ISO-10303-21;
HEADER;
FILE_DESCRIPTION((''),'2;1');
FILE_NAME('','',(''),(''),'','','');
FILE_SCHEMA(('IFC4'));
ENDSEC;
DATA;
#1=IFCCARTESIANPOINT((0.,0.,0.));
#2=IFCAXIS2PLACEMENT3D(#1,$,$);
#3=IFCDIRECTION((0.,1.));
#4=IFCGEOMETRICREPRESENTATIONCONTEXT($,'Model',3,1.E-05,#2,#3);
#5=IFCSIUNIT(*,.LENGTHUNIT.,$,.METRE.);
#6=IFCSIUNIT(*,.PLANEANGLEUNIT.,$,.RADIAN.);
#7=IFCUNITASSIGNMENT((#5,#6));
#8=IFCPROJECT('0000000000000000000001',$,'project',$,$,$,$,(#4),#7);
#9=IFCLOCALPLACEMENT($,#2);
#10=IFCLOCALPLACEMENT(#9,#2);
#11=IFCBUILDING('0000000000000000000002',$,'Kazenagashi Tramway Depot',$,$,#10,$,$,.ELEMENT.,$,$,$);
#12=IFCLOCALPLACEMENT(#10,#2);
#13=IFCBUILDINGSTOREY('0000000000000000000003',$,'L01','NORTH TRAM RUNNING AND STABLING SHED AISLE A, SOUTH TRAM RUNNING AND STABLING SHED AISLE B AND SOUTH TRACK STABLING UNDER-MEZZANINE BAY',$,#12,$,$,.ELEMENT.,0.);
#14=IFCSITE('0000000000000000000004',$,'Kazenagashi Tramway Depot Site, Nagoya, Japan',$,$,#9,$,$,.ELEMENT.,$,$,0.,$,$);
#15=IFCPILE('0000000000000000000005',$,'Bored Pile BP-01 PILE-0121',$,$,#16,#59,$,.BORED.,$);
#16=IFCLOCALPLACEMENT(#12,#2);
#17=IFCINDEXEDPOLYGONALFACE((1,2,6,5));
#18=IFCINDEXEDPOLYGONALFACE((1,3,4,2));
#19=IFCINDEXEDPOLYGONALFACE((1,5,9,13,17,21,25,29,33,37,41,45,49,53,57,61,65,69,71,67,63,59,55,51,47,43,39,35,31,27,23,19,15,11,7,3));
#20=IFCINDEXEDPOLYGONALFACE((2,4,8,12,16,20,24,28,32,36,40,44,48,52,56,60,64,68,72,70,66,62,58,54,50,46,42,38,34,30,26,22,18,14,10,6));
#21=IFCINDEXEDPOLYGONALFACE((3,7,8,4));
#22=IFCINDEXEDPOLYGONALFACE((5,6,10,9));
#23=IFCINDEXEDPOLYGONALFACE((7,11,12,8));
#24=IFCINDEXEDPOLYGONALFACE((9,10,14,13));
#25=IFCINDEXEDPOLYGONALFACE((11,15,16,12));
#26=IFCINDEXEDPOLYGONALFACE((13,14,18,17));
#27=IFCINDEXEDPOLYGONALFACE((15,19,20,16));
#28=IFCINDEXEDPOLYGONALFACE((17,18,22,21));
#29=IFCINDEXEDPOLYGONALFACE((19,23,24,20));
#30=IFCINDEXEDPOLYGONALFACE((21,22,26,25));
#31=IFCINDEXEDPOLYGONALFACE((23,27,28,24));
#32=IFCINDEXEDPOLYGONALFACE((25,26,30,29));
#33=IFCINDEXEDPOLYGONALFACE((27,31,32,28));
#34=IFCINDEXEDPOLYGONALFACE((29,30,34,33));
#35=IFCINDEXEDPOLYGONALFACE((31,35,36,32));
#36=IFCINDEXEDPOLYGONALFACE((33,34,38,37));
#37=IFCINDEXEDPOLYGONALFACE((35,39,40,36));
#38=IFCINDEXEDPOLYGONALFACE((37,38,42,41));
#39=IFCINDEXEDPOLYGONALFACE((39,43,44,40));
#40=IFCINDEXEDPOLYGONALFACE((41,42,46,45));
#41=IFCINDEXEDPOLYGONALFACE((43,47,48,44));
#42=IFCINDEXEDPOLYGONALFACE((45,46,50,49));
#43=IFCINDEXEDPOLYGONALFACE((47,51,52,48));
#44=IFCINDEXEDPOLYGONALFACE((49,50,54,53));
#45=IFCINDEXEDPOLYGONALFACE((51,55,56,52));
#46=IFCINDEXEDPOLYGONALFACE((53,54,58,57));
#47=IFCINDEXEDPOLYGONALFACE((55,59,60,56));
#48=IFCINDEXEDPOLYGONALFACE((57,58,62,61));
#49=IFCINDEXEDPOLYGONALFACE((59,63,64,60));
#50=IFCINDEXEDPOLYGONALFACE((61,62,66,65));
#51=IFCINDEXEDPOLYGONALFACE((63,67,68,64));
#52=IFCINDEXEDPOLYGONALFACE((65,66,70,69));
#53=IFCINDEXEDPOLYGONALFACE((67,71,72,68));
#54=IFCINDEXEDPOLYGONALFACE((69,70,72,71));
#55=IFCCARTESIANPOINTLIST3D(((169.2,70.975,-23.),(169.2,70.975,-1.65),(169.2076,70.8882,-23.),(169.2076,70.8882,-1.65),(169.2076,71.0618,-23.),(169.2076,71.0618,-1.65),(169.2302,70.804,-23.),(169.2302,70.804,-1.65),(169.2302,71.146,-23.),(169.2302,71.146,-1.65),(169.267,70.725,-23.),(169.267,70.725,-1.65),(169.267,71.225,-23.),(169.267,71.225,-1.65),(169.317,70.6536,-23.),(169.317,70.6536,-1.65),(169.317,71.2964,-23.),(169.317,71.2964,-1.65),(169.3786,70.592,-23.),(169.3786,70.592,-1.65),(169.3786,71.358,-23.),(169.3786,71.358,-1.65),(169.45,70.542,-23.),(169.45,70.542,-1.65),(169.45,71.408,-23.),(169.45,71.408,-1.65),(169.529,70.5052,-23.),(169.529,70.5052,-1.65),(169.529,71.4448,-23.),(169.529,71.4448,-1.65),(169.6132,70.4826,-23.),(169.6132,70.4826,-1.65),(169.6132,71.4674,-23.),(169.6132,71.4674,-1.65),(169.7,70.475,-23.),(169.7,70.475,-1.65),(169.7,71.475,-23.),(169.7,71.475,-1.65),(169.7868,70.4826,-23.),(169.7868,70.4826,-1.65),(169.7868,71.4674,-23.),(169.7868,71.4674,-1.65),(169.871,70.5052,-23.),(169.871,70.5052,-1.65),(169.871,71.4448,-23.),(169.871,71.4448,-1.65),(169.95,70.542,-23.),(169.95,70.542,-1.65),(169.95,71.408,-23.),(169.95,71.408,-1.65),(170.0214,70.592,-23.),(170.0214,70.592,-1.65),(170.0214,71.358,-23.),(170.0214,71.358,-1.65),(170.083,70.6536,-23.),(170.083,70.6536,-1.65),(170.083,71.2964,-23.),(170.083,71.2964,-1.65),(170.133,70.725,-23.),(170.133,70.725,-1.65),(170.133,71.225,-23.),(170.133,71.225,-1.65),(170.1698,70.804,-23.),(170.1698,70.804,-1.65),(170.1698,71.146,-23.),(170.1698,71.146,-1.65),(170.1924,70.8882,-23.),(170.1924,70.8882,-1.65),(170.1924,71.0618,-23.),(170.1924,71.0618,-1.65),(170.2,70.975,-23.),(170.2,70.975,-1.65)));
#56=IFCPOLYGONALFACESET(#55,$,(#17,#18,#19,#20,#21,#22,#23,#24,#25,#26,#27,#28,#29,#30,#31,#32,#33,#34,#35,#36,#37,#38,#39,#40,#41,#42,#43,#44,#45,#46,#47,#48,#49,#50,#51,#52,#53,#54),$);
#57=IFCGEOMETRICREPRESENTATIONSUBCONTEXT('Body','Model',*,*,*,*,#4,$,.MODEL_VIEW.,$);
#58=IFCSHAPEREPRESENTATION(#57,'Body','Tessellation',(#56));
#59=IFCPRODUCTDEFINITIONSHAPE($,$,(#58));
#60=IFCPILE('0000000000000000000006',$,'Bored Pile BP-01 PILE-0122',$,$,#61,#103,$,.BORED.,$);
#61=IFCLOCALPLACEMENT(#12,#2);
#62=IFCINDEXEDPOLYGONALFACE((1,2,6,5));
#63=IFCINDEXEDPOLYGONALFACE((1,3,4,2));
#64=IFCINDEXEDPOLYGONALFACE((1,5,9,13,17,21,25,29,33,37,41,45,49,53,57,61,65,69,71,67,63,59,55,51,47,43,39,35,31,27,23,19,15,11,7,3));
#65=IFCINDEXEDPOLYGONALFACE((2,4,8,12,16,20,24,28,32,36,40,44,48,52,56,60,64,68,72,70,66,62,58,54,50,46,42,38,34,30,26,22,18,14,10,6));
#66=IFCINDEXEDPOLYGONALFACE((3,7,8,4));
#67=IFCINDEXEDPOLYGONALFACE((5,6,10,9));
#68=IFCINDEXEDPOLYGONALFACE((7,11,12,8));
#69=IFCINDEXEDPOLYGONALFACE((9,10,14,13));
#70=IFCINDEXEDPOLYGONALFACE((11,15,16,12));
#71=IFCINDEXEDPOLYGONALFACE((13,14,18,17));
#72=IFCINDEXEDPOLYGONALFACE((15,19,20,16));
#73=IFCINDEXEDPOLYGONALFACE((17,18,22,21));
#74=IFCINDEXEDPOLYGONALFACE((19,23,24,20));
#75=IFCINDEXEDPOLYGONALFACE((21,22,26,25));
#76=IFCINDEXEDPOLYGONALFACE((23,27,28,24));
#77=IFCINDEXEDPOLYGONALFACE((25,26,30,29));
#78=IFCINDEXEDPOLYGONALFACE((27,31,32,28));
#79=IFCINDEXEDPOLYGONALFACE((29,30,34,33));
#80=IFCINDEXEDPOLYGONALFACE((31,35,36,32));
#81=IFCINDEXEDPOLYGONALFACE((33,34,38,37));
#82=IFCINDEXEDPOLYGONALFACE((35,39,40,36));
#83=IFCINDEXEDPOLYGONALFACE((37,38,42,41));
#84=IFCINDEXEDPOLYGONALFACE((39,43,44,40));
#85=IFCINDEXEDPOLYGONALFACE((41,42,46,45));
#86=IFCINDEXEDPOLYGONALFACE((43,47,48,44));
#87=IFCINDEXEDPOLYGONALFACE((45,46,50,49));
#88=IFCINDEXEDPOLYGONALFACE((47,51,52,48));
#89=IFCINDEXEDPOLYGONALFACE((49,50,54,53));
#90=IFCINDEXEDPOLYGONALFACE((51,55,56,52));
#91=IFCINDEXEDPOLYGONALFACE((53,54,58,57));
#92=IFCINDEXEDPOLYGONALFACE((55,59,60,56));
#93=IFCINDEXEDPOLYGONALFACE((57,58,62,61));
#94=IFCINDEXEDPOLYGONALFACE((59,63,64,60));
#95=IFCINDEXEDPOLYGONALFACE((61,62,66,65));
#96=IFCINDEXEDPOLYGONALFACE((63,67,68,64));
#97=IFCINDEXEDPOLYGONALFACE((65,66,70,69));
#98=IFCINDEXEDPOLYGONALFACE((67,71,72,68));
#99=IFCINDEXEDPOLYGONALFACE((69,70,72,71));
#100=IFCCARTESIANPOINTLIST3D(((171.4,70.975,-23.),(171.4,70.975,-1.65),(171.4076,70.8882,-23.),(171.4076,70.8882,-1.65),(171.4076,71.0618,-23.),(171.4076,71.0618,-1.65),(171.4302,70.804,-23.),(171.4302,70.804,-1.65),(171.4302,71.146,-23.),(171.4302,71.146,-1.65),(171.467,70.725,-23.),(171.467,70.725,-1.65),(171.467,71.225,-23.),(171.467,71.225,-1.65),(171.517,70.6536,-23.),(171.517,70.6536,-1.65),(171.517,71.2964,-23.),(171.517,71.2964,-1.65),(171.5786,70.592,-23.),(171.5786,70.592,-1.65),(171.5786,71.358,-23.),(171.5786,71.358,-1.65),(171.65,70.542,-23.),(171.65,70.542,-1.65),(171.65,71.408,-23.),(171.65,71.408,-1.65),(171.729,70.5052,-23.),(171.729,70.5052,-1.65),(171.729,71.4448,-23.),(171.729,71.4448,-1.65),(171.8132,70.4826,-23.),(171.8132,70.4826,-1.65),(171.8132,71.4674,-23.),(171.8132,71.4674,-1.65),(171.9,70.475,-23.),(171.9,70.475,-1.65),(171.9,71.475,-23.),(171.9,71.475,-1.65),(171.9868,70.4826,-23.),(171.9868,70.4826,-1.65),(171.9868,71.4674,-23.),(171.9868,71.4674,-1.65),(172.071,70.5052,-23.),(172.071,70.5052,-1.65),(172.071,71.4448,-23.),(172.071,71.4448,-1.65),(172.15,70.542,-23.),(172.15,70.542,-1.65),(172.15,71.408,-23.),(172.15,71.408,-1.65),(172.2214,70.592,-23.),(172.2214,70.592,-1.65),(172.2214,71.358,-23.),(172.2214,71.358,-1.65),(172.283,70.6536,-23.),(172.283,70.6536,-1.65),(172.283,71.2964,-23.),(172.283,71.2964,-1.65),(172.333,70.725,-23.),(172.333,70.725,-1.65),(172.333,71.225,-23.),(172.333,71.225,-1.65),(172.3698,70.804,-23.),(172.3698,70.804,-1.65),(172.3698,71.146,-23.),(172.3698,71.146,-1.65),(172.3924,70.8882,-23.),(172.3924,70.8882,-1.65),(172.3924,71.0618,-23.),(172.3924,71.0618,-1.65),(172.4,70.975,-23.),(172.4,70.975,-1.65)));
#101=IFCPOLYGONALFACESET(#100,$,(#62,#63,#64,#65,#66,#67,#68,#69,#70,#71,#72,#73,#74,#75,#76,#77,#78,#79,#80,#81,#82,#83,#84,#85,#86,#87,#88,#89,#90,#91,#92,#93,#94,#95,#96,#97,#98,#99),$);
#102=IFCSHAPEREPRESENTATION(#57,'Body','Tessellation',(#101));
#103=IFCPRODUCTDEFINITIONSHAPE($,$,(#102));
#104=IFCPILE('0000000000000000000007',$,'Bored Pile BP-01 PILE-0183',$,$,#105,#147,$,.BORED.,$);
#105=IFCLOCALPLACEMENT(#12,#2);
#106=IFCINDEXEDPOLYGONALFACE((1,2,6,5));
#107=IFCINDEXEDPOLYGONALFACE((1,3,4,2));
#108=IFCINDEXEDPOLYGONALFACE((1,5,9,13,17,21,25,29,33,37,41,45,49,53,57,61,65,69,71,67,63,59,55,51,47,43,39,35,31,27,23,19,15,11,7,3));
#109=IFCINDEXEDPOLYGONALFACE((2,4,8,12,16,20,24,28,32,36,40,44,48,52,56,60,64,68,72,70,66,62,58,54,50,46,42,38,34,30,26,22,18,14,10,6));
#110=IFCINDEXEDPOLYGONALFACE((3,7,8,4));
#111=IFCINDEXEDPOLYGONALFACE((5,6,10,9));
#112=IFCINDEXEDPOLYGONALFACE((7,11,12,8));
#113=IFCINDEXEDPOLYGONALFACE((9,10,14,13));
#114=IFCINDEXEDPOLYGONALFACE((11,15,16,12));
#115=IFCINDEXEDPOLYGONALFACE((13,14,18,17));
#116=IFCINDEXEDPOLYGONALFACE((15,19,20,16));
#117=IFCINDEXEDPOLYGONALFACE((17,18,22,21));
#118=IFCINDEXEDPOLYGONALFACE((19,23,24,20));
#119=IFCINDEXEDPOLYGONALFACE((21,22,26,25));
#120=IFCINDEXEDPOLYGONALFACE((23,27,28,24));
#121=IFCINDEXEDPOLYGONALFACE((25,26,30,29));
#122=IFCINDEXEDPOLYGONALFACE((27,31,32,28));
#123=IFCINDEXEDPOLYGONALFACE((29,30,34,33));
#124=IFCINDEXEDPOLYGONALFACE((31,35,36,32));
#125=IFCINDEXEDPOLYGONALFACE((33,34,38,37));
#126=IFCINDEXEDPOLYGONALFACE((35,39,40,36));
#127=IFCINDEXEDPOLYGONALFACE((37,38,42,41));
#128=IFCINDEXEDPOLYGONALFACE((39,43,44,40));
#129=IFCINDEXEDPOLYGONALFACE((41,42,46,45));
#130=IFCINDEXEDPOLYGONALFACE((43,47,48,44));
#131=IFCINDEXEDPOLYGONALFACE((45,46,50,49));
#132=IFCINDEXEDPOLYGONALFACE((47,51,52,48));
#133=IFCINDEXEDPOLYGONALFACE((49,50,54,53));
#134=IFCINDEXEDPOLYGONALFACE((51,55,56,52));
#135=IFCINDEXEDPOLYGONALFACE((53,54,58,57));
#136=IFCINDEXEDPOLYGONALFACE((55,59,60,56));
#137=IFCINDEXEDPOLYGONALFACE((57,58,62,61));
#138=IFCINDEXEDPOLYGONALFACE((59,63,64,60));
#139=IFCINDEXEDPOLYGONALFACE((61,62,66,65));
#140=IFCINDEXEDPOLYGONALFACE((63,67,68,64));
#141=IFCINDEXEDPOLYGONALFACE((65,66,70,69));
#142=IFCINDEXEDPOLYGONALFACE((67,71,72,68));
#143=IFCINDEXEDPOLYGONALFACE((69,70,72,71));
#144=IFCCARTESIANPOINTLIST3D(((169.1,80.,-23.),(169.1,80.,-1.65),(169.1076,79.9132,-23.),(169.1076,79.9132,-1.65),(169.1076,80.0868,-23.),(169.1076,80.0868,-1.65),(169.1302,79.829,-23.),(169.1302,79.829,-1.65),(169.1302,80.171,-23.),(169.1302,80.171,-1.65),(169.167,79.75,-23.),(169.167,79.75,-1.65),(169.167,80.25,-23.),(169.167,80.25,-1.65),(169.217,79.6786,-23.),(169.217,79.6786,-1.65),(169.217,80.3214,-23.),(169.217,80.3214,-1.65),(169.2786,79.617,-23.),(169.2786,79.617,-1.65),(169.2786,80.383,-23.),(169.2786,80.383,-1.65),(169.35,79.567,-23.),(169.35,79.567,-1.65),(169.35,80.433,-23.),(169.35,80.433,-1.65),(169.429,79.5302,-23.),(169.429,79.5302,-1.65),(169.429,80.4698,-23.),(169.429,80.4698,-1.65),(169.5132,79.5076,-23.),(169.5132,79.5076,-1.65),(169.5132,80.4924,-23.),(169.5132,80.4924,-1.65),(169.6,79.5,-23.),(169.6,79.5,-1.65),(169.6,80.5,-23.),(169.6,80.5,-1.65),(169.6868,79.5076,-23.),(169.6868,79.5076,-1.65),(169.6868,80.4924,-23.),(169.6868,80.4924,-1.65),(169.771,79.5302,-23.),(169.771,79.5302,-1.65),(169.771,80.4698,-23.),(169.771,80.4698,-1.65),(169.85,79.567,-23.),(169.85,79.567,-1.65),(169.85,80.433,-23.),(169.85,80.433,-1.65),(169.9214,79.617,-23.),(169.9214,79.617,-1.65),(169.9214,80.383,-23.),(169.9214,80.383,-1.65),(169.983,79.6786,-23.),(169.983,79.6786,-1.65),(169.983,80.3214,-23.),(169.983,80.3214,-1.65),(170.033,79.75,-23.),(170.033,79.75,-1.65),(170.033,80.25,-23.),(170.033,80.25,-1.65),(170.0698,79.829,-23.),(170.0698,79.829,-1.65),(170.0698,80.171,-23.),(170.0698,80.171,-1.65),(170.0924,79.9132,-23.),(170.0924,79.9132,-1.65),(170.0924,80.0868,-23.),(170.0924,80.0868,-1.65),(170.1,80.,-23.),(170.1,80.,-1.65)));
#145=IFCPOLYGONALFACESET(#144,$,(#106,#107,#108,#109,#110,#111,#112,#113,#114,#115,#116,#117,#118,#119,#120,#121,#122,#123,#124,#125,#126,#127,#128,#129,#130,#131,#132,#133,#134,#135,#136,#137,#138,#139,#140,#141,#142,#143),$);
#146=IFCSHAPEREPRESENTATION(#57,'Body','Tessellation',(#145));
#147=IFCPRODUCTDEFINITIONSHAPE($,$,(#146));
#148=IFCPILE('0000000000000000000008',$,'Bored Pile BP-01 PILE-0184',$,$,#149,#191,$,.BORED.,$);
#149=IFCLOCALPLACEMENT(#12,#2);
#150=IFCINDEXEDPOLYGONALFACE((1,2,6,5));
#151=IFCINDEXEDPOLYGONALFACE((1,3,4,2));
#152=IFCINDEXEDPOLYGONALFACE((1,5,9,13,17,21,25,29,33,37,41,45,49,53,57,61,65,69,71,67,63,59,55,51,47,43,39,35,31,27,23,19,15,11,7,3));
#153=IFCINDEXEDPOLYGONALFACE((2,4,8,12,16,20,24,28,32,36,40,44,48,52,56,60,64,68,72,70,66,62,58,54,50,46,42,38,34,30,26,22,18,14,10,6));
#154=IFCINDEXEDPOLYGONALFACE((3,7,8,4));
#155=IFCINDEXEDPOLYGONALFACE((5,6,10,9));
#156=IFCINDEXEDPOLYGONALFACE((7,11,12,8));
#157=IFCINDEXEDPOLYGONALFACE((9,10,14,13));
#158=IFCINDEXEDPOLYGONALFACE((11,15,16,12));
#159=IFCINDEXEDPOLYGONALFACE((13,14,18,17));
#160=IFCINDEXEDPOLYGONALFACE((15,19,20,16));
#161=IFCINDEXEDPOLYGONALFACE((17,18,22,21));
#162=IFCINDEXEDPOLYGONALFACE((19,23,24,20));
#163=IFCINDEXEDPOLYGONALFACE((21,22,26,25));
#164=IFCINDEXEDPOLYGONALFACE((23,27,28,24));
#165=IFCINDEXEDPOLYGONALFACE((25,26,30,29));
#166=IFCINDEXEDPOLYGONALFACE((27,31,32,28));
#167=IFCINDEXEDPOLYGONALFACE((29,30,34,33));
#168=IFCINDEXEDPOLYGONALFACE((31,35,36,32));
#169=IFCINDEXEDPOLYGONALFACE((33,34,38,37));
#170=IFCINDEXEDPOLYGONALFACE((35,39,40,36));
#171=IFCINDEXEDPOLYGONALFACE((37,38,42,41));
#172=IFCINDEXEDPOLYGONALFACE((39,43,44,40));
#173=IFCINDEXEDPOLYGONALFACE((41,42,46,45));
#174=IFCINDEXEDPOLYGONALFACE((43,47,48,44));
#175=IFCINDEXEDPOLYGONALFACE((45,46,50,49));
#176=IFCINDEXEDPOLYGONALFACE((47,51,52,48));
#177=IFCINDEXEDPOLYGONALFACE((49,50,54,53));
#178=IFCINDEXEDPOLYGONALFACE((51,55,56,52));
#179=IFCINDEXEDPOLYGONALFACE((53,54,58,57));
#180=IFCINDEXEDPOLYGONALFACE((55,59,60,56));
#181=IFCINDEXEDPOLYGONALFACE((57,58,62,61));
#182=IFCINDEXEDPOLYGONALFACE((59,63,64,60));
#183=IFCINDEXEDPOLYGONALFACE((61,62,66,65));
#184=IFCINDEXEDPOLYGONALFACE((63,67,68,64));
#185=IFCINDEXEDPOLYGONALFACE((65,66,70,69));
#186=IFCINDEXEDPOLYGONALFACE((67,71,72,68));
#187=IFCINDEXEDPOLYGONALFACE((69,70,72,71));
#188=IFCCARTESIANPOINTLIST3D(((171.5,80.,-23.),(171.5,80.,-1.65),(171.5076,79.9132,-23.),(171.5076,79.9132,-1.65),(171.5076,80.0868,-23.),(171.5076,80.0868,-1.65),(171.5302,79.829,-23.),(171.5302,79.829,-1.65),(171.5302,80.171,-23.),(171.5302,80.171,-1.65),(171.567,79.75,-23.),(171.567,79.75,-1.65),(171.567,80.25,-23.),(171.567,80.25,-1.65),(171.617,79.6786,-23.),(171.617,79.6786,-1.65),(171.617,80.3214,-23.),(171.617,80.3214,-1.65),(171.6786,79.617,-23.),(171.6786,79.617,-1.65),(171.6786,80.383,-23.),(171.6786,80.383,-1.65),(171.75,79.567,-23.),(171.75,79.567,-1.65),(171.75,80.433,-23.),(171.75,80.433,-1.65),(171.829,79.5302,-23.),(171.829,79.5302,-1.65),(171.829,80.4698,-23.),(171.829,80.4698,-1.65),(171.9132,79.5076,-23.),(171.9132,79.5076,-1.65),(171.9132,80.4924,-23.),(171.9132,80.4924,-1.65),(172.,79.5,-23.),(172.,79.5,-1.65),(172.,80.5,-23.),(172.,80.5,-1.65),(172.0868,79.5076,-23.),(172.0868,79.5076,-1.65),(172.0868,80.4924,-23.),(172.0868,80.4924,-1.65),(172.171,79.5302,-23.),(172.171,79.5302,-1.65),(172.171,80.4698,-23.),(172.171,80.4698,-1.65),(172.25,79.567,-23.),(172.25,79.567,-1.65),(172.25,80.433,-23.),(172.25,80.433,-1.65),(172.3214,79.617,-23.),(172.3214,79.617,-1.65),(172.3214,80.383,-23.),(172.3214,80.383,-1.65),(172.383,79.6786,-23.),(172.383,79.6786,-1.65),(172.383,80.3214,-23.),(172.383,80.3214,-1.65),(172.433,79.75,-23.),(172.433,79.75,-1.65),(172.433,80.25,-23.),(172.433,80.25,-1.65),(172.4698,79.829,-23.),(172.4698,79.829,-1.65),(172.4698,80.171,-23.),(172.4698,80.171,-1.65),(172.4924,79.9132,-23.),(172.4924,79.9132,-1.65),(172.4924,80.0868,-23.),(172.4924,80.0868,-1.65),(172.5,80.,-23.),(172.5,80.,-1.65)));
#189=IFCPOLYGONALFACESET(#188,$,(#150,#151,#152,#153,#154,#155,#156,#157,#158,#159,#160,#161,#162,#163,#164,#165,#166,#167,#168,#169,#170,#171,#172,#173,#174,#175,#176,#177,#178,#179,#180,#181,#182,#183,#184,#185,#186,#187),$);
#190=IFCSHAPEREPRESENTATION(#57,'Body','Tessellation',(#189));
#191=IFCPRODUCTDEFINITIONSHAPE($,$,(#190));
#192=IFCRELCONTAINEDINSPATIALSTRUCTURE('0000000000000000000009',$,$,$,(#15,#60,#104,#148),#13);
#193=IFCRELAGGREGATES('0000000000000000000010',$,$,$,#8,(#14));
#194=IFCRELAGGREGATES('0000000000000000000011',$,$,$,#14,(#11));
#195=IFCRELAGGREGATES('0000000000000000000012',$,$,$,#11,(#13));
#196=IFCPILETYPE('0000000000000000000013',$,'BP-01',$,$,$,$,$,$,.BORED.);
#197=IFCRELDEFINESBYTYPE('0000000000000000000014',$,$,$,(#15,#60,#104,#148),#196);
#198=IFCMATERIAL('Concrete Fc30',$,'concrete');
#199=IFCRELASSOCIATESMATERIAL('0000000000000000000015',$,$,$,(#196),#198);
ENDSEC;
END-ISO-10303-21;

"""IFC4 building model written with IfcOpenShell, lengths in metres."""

from ifc_helpers import new_model, si_unit, direction, frame, origin, origin_2d, place, context, subcontext, project, spatial, circle, extrude, material, material_profile, profile_set, type_object, element, save


model = new_model("IFC4")

# Units and contexts
model_context = context("Model", 3, precision=1e-05, world=origin(), true_north=direction((0.0, 1.0)))
body_context = subcontext(model_context, "Body", "Model", "MODEL_VIEW")
ifc_project = project(units=[si_unit("LENGTHUNIT", "METRE"), si_unit("PLANEANGLEUNIT", "RADIAN")], contexts=[model_context])

# Site, building, storey
site_placement = place(None, origin())
site = spatial("IfcSite", under=ifc_project, at=site_placement, Name="Kazenagashi Tramway Depot Site, Nagoya, Japan", CompositionType="ELEMENT", RefElevation=0.0)
building_placement = place(site_placement, origin())
building = spatial("IfcBuilding", under=site, at=building_placement, Name="Kazenagashi Tramway Depot", CompositionType="ELEMENT")
storey_placement = place(building_placement, origin())
storey = spatial("IfcBuildingStorey", under=building, at=storey_placement, Name="L01", Description="NORTH TRAM RUNNING AND STABLING SHED AISLE A, SOUTH TRAM RUNNING AND STABLING SHED AISLE B AND SOUTH TRACK STABLING UNDER-MEZZANINE BAY", CompositionType="ELEMENT", Elevation=0.0)

# Piles
ifc_material_1 = material(Name="Concrete Fc30", Category="concrete")
ifc_material_profile_1 = material_profile(ifc_material_1, circle(Radius=0.5, at=origin_2d()), Name="PILE-1000")
ifc_profile_set_1 = profile_set([ifc_material_profile_1], Name="Concrete Fc30")
pile_type = type_object("IfcPileType", Name="BP-01", PredefinedType="BORED", material=ifc_profile_set_1)
for number, where, z_axis, x_axis, name in (
    (1, (169.7, 70.975, -1.65), (0.0, 0.0, -1.0), (1.0, 0.0, 0.0), "Bored Pile BP-01 PILE-0121"),
    (2, (171.9, 70.975, -1.65), (0.0, 0.0, -1.0), (1.0, 0.0, 0.0), "Bored Pile BP-01 PILE-0122"),
    (3, (169.6, 80.0, -1.65), (0.0, 0.0, -1.0), (1.0, 0.0, 0.0), "Bored Pile BP-01 PILE-0183"),
    (4, (172.0, 80.0, -1.65), (0.0, 0.0, -1.0), (1.0, 0.0, 0.0), "Bored Pile BP-01 PILE-0184"),
):
    element("IfcPile", number, at=place(storey_placement, frame(where, z_axis=z_axis, x_axis=x_axis)), inside=storey, type_object=pile_type, Name=name, PredefinedType="BORED", context=body_context, shape_type="SweptSolid", body=[
        extrude(circle(Radius=0.5, at=origin_2d()), origin(), (0.0, 0.0, 1.0), 21.35),
    ])

save(model, "model.ifc")
